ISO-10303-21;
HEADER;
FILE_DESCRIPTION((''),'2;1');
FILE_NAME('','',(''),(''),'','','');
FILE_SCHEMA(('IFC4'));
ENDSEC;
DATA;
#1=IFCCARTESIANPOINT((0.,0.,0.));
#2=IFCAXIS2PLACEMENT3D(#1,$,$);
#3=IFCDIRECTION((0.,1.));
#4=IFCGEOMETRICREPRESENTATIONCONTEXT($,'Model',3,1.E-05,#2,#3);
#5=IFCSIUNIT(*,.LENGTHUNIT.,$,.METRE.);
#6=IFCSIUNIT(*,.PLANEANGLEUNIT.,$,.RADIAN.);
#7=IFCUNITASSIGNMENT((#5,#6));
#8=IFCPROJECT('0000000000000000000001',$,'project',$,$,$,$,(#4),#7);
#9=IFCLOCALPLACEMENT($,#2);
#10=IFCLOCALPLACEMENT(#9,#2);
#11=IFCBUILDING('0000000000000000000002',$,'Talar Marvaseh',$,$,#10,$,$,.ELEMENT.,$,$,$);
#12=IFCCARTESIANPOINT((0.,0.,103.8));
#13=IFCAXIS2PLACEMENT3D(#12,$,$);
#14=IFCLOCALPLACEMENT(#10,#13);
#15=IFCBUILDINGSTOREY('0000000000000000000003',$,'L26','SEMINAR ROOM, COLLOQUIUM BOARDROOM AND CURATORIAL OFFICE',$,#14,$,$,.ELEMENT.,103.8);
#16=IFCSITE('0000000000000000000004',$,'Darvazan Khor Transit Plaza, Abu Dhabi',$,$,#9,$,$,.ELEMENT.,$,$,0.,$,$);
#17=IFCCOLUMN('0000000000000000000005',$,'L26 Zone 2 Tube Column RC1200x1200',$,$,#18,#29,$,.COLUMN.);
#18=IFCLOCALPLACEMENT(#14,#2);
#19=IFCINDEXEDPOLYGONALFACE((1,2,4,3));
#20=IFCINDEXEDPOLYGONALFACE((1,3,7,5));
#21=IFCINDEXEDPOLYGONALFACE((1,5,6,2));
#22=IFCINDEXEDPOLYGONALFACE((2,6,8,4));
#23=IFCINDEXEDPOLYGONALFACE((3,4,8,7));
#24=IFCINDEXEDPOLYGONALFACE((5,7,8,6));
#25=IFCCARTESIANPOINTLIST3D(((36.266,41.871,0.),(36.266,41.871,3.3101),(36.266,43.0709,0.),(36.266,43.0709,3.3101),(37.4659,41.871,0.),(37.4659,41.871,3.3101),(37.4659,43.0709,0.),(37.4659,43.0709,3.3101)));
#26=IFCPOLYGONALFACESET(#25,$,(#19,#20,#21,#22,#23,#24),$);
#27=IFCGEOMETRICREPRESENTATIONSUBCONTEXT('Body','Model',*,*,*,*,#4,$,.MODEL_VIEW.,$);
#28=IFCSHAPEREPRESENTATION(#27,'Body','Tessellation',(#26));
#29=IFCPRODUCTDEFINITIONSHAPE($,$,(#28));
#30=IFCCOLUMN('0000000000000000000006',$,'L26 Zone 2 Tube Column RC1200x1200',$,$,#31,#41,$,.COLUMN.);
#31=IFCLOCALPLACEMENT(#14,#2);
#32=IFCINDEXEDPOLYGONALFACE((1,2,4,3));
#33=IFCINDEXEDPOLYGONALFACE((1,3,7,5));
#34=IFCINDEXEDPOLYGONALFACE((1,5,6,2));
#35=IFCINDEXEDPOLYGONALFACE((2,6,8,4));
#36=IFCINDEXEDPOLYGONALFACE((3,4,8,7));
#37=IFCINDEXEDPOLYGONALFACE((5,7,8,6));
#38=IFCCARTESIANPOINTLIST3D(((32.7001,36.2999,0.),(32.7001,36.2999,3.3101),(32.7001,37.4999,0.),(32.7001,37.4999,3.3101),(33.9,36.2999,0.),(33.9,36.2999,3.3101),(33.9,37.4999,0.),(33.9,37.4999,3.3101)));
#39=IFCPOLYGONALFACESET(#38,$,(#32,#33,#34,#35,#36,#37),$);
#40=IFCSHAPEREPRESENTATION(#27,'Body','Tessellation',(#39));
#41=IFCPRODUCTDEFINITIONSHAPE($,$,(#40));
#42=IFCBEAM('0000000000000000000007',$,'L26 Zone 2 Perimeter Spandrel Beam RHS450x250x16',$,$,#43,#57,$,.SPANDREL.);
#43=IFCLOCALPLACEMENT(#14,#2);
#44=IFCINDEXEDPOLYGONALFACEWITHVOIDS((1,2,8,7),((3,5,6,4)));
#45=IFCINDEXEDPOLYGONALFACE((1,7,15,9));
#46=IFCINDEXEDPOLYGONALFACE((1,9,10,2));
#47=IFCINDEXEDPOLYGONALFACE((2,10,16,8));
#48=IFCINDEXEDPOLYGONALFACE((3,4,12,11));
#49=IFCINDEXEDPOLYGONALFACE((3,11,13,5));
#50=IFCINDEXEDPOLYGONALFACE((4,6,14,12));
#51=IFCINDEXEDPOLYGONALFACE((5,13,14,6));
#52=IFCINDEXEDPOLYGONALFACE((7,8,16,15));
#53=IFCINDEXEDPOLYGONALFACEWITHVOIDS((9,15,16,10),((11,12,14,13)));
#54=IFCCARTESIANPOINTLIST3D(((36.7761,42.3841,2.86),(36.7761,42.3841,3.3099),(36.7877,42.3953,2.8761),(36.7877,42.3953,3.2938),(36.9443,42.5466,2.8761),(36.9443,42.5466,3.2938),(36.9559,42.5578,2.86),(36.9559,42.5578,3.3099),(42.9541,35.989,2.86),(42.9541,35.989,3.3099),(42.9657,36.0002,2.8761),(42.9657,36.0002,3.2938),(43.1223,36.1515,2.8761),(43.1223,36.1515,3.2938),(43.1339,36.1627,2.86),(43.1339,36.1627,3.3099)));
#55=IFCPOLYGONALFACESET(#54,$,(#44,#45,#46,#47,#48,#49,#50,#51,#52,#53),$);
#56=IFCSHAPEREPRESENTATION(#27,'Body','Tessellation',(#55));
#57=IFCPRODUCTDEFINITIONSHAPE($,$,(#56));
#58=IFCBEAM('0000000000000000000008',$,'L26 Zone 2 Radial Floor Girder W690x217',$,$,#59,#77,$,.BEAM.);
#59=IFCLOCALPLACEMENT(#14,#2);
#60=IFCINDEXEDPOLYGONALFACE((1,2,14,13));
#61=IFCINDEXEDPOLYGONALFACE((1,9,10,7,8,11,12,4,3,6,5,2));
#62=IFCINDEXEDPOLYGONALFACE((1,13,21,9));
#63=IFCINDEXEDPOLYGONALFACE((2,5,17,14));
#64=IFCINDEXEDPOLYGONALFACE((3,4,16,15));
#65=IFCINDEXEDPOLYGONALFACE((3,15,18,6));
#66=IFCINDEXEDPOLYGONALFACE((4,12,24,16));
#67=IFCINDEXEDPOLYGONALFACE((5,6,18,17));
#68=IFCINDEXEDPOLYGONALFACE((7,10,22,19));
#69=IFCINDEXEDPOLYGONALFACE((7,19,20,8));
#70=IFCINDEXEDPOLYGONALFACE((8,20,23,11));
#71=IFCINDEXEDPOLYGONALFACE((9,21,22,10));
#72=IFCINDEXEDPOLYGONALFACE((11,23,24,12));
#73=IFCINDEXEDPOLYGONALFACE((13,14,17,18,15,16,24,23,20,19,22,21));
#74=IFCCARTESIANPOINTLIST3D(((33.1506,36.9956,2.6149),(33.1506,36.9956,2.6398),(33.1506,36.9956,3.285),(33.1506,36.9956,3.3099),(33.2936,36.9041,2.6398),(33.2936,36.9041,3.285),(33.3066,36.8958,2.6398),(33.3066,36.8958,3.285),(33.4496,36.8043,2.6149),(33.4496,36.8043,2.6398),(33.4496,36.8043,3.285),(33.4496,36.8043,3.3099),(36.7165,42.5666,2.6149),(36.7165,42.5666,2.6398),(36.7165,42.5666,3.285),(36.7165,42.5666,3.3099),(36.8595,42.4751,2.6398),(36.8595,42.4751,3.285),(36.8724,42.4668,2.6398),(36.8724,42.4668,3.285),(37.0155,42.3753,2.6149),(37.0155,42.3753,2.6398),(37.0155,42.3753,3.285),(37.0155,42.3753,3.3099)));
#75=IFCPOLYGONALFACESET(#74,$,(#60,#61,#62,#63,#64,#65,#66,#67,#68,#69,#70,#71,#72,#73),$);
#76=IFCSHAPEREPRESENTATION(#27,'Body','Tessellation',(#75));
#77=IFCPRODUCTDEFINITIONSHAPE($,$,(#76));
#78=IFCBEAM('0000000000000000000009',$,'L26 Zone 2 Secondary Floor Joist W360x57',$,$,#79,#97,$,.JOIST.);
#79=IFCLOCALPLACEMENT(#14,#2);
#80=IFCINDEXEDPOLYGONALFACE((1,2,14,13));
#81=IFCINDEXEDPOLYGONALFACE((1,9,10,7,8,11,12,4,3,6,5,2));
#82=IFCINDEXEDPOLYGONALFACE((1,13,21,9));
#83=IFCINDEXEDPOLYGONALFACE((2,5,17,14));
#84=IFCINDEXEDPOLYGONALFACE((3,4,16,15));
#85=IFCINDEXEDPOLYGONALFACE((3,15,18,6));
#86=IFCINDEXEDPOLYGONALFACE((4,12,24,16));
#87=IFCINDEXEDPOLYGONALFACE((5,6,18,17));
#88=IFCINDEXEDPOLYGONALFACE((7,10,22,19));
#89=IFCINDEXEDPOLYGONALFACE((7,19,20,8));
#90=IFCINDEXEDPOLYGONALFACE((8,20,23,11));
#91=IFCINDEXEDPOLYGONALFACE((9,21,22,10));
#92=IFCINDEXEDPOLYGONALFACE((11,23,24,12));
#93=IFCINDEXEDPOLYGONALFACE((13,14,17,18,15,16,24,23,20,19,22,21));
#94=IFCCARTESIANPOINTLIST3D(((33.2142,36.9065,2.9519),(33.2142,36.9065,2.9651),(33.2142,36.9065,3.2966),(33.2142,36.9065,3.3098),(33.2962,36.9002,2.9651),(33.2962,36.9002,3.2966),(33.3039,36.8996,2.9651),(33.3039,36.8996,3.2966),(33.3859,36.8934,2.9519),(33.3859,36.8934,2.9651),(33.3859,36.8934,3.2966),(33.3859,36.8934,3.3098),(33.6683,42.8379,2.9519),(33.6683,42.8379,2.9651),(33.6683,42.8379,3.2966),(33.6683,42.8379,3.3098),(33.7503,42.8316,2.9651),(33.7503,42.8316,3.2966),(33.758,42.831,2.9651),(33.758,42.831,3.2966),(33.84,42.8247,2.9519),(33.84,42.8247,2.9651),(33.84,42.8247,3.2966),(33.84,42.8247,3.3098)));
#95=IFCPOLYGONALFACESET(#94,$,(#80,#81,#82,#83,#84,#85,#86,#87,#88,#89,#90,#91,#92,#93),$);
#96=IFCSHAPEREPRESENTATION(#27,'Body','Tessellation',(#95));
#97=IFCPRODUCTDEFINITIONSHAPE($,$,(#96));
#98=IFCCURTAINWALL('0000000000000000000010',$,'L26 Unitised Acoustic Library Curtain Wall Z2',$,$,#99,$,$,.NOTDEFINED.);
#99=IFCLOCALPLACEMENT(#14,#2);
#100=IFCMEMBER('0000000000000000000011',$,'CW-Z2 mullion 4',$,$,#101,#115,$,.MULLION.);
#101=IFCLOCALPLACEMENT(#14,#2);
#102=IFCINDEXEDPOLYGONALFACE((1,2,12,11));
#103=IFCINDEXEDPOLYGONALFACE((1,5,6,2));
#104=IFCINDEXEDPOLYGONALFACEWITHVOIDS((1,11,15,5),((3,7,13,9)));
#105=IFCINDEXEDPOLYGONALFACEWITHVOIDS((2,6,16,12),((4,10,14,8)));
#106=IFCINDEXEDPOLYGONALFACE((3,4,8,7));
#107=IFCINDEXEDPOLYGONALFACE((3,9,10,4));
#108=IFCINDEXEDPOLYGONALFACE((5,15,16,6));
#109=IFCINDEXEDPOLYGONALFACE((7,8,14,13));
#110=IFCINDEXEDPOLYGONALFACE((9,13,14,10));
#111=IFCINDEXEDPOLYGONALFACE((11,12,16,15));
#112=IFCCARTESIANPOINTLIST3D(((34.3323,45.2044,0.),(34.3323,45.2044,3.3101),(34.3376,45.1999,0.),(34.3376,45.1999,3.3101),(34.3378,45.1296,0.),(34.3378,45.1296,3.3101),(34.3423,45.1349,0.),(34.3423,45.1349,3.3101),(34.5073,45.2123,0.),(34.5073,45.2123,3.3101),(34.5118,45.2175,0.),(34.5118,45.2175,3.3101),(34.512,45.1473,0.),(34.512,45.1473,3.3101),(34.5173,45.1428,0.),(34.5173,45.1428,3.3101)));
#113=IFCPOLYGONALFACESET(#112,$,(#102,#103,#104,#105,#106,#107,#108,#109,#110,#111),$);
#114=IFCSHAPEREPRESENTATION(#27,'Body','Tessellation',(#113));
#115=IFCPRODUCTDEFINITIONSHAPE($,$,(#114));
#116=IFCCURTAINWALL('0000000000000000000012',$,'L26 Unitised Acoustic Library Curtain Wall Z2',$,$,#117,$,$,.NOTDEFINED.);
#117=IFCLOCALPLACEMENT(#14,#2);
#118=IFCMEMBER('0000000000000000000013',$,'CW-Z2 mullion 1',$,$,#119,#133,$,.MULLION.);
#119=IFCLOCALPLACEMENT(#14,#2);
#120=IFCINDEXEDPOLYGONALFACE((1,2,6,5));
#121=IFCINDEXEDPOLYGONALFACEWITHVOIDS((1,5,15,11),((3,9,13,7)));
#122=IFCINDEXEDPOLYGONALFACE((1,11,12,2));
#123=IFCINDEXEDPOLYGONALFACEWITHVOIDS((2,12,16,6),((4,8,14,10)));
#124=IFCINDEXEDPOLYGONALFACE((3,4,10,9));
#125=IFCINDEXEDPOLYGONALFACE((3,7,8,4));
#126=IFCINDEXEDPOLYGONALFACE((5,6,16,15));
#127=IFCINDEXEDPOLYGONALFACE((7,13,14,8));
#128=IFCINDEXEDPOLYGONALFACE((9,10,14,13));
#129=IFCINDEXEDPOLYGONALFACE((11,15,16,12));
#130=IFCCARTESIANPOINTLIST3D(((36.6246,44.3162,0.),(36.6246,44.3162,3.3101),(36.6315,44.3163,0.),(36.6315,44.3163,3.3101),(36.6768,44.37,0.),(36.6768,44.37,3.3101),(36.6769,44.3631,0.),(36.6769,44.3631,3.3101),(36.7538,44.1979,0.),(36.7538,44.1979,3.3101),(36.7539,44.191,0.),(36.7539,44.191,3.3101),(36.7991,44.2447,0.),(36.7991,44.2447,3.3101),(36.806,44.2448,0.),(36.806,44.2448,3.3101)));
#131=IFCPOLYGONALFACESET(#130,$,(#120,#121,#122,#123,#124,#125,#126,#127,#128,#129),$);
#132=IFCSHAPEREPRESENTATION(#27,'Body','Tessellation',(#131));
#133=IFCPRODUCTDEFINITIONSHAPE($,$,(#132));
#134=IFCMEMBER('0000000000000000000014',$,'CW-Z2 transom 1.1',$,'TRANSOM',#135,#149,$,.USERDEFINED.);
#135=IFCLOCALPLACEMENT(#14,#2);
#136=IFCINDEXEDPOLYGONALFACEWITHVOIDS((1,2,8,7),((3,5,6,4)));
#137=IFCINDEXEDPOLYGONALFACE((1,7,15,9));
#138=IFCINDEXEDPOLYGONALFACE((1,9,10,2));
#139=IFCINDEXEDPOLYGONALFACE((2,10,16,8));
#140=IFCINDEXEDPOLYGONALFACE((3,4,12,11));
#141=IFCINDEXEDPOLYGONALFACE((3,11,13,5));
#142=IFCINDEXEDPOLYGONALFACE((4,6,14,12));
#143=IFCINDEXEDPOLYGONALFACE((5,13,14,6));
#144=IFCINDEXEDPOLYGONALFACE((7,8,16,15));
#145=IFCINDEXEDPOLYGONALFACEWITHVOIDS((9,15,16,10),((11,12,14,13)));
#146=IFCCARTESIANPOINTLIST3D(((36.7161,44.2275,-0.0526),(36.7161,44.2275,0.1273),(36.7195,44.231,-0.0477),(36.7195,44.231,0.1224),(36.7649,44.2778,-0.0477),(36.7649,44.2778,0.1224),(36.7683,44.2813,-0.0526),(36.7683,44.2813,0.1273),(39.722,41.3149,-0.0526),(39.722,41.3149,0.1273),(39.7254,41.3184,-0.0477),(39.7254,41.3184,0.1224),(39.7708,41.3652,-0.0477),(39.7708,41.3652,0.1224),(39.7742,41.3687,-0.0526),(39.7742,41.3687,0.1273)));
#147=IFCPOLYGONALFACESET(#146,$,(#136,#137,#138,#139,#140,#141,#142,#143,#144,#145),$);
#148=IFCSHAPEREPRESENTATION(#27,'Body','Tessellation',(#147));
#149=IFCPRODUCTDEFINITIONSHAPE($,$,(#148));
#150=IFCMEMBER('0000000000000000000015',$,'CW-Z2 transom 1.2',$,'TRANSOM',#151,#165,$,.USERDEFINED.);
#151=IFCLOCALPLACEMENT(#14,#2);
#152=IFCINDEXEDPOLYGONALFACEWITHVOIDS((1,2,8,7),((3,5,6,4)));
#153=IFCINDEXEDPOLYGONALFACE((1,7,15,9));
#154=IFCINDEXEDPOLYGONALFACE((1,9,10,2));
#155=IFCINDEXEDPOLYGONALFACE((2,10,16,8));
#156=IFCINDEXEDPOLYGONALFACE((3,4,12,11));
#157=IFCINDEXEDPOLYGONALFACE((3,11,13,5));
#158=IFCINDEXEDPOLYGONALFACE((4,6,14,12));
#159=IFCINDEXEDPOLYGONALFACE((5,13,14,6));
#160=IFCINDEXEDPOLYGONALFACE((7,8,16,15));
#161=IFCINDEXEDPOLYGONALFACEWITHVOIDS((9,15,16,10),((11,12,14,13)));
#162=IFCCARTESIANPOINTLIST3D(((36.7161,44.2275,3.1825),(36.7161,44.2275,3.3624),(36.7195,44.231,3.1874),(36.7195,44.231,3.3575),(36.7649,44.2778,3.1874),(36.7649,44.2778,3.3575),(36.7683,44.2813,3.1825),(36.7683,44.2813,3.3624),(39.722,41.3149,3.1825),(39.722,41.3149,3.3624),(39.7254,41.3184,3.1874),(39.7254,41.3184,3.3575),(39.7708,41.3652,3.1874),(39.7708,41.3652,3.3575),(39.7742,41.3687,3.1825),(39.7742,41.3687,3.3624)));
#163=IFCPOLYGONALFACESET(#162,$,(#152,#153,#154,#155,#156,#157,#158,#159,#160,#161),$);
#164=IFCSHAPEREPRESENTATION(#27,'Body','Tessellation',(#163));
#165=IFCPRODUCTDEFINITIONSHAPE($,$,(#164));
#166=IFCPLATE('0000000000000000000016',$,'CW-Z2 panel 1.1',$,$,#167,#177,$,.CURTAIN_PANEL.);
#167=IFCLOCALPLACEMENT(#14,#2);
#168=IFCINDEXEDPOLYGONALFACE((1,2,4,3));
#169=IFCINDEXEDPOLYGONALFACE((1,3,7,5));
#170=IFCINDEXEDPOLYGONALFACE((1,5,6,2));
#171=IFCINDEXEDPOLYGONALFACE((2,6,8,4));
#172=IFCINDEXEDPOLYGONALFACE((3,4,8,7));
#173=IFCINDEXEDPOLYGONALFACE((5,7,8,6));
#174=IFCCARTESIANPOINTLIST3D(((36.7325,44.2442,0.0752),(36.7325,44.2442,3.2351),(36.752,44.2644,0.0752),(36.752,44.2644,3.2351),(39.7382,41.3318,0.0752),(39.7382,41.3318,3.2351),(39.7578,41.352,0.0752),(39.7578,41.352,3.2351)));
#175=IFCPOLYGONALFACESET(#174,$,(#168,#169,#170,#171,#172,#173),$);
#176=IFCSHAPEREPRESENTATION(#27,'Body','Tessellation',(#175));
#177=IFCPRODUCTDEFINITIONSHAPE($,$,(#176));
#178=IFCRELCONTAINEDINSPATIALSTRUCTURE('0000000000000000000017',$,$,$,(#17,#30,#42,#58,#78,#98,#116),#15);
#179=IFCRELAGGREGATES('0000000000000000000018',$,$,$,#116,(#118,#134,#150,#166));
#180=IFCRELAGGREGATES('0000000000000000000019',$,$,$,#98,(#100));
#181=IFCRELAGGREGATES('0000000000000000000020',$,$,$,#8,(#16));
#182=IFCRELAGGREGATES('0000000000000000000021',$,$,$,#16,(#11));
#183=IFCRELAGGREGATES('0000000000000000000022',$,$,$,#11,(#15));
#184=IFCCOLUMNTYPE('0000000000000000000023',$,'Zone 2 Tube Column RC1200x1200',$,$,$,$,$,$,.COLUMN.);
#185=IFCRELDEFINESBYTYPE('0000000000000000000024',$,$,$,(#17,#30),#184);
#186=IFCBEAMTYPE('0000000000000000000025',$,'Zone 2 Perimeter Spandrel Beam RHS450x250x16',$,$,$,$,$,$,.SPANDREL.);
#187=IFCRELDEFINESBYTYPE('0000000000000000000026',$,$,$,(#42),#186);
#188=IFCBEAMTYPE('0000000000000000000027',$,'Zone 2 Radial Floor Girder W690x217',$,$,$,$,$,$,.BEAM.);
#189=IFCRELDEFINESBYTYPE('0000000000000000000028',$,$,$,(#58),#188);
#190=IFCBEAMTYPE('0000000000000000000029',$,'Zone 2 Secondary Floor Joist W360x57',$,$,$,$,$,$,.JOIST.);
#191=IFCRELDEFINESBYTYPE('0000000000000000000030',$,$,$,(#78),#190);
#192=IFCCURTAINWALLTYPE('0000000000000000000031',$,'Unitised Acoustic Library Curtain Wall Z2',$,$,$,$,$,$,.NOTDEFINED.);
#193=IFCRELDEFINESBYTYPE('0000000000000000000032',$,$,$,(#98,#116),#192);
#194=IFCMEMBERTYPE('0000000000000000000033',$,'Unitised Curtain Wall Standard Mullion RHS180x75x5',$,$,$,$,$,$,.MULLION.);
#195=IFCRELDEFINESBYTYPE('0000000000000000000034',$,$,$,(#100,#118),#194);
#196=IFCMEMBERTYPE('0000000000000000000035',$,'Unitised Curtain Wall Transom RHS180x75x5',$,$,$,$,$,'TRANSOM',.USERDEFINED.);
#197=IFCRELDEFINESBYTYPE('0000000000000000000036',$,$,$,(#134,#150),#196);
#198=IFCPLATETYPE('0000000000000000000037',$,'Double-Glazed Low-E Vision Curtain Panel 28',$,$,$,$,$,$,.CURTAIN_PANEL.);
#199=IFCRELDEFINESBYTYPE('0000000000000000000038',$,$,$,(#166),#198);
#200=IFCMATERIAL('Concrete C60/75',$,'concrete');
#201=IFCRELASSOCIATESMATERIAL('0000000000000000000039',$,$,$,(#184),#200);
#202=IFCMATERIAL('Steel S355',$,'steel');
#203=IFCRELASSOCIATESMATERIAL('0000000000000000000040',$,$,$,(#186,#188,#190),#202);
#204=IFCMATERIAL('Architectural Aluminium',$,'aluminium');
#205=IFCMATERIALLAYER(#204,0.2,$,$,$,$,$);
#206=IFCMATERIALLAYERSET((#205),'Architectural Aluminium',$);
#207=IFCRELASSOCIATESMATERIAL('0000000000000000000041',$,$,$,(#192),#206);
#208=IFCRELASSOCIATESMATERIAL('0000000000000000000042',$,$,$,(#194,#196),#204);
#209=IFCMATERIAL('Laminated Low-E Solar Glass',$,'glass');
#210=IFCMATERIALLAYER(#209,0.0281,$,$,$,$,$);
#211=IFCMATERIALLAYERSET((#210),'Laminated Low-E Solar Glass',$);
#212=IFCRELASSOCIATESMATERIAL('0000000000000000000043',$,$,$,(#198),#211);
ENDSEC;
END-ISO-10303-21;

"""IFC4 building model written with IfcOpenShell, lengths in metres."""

from ifc_helpers import new_model, si_unit, direction, frame, origin, origin_2d, place, context, subcontext, project, spatial, rectangle, hollow_rectangle, i_section, extrude, source, transform, mapped, material, layer, layer_set, material_profile, profile_set, type_object, type_shapes, element, aggregate, save


model = new_model("IFC4")

# Units and contexts
model_context = context("Model", 3, precision=1e-05, world=origin(), true_north=direction((0.0, 1.0)))
body_context = subcontext(model_context, "Body", "Model", "MODEL_VIEW")
ifc_project = project(units=[si_unit("LENGTHUNIT", "METRE"), si_unit("PLANEANGLEUNIT", "RADIAN")], contexts=[model_context])

# Site, building, storey
site_placement = place(None, origin())
site = spatial("IfcSite", under=ifc_project, at=site_placement, Name="Darvazan Khor Transit Plaza, Abu Dhabi", CompositionType="ELEMENT", RefElevation=0.0)
building_placement = place(site_placement, origin())
building = spatial("IfcBuilding", under=site, at=building_placement, Name="Talar Marvaseh", CompositionType="ELEMENT")
storey_placement = place(building_placement, frame((0.0, 0.0, 103.8)))
storey = spatial("IfcBuildingStorey", under=building, at=storey_placement, Name="L26", Description="SEMINAR ROOM, COLLOQUIUM BOARDROOM AND CURATORIAL OFFICE", CompositionType="ELEMENT", Elevation=103.8)

# Columns
ifc_material_1 = material(Name="Concrete C60/75", Category="concrete")
ifc_material_profile_1 = material_profile(ifc_material_1, rectangle(XDim=1.2, YDim=1.2, at=origin_2d()), Name="RC1200x1200")
ifc_profile_set_1 = profile_set([ifc_material_profile_1], Name="Concrete C60/75")
column_type = type_object("IfcColumnType", Name="Zone 2 Tube Column RC1200x1200", PredefinedType="COLUMN", material=ifc_profile_set_1)
for number, where, z_axis, x_axis, name in (
    (1, (36.866, 42.4709, 0.0), (0.0, 0.0, 1.0), (1.0, 0.0, 0.0), "L26 Zone 2 Tube Column RC1200x1200"),
    (2, (33.3, 36.8999, 0.0), (0.0, 0.0, 1.0), (1.0, 0.0, 0.0), "L26 Zone 2 Tube Column RC1200x1200"),
):
    element("IfcColumn", number, at=place(storey_placement, frame(where, z_axis=z_axis, x_axis=x_axis)), inside=storey, type_object=column_type, Name=name, PredefinedType="COLUMN", context=body_context, shape_type="SweptSolid", body=[
        extrude(rectangle(XDim=1.2, YDim=1.2, at=origin_2d()), origin(), (0.0, 0.0, 1.0), 3.3101),
    ])

# Beams
ifc_material_2 = material(Name="Steel S355", Category="steel")
ifc_material_profile_2 = material_profile(ifc_material_2, hollow_rectangle(XDim=0.25, YDim=0.45, WallThickness=0.0161, at=origin_2d()), Name="RHS450x250x16")
ifc_profile_set_2 = profile_set([ifc_material_profile_2], Name="Steel S355")
beam_type_1 = type_object("IfcBeamType", Name="Zone 2 Perimeter Spandrel Beam RHS450x250x16", PredefinedType="SPANDREL", material=ifc_profile_set_2)
beam_1_placement = place(storey_placement, frame((36.866, 42.4709, 3.085), z_axis=(0.694797, -0.719206, 0.0), x_axis=(0.719206, 0.694797, 0.0)))
element("IfcBeam", 3, at=beam_1_placement, inside=storey, type_object=beam_type_1, Name="L26 Zone 2 Perimeter Spandrel Beam RHS450x250x16", PredefinedType="SPANDREL", context=body_context, shape_type="SweptSolid", body=[
    extrude(hollow_rectangle(XDim=0.25, YDim=0.45, WallThickness=0.0161, at=origin_2d()), origin(), (0.0, 0.0, 1.0), 8.8918),
])
ifc_material_profile_3 = material_profile(ifc_material_2, i_section(OverallWidth=0.355, OverallDepth=0.6951, WebThickness=0.0154, FlangeThickness=0.0249, at=origin_2d()), Name="W690x217")
ifc_profile_set_3 = profile_set([ifc_material_profile_3], Name="Steel S355")
beam_type_2 = type_object("IfcBeamType", Name="Zone 2 Radial Floor Girder W690x217", PredefinedType="BEAM", material=ifc_profile_set_3)
beam_2_placement = place(storey_placement, frame((36.866, 42.4709, 2.9624), z_axis=(-0.539102, -0.842241, 0.0), x_axis=(0.842241, -0.539102, 0.0)))
element("IfcBeam", 4, at=beam_2_placement, inside=storey, type_object=beam_type_2, Name="L26 Zone 2 Radial Floor Girder W690x217", PredefinedType="BEAM", context=body_context, shape_type="SweptSolid", body=[
    extrude(i_section(OverallWidth=0.355, OverallDepth=0.6951, WebThickness=0.0154, FlangeThickness=0.0249, at=origin_2d()), origin(), (0.0, 0.0, 1.0), 6.6145),
])
ifc_material_profile_4 = material_profile(ifc_material_2, i_section(OverallWidth=0.1721, OverallDepth=0.3579, WebThickness=0.0078, FlangeThickness=0.0132, at=origin_2d()), Name="W360x57")
ifc_profile_set_4 = profile_set([ifc_material_profile_4], Name="Steel S355")
beam_type_3 = type_object("IfcBeamType", Name="Zone 2 Secondary Floor Joist W360x57", PredefinedType="JOIST", material=ifc_profile_set_4)
beam_3_placement = place(storey_placement, frame((33.7542, 42.8313, 3.1309), z_axis=(-0.076336, -0.997082, 0.0), x_axis=(0.997082, -0.076336, 0.0)))
element("IfcBeam", 5, at=beam_3_placement, inside=storey, type_object=beam_type_3, Name="L26 Zone 2 Secondary Floor Joist W360x57", PredefinedType="JOIST", context=body_context, shape_type="SweptSolid", body=[
    extrude(i_section(OverallWidth=0.1721, OverallDepth=0.3579, WebThickness=0.0078, FlangeThickness=0.0132, at=origin_2d()), origin(), (0.0, 0.0, 1.0), 5.9487),
])

# Curtain wall, member
ifc_material_3 = material(Name="Architectural Aluminium", Category="aluminium")
ifc_layer_1 = layer(ifc_material_3, 0.2)
ifc_layer_set_1 = layer_set([ifc_layer_1], Name="Architectural Aluminium")
curtain_wall_type = type_object("IfcCurtainWallType", Name="Unitised Acoustic Library Curtain Wall Z2", PredefinedType="NOTDEFINED", material=ifc_layer_set_1)
curtain_wall_1_placement = place(storey_placement, origin())
curtain_wall_1 = element("IfcCurtainWall", 6, at=curtain_wall_1_placement, inside=storey, type_object=curtain_wall_type, Name="L26 Unitised Acoustic Library Curtain Wall Z2", PredefinedType="NOTDEFINED")
ifc_material_profile_5 = material_profile(ifc_material_3, hollow_rectangle(XDim=0.075, YDim=0.1799, WallThickness=0.0049, at=origin_2d()), Name="RHS180x75x5")
ifc_profile_set_5 = profile_set([ifc_material_profile_5], Name="Architectural Aluminium")
member_type_1 = type_object("IfcMemberType", Name="Unitised Curtain Wall Standard Mullion RHS180x75x5", PredefinedType="MULLION", material=ifc_profile_set_5)
shared_shape_1 = source(origin(), body_context, "Body", "SweptSolid", [
    extrude(hollow_rectangle(XDim=0.075, YDim=0.1799, WallThickness=0.0049, at=origin_2d()), origin(), (0.0, 0.0, 1.0), 3.3101),
])
type_shapes(member_type_1, [shared_shape_1])
member_1_placement = place(storey_placement, frame((34.4248, 45.1736, 0.0), z_axis=(0.0, 0.0, 1.0), x_axis=(-0.07293, 0.997337, 0.0)))
member_1 = element("IfcMember", 7, at=member_1_placement, type_object=member_type_1, Name="CW-Z2 mullion 4", PredefinedType="MULLION", context=body_context, shape_type="MappedRepresentation", body=[
    mapped(shared_shape_1, transform((0.0, 0.0, 0.0), x_axis=(1.0, 0.0, 0.0), y_axis=(0.0, 1.0, 0.0), z_axis=(0.0, 0.0, 1.0), scale=1.0)),
])

# Curtain wall, members, plate
curtain_wall_2_placement = place(storey_placement, origin())
curtain_wall_2 = element("IfcCurtainWall", 8, at=curtain_wall_2_placement, inside=storey, type_object=curtain_wall_type, Name="L26 Unitised Acoustic Library Curtain Wall Z2", PredefinedType="NOTDEFINED")
member_2_placement = place(storey_placement, frame((36.7153, 44.2805, 0.0), z_axis=(0.0, 0.0, 1.0), x_axis=(0.695868, 0.71817, 0.0)))
member_2 = element("IfcMember", 9, at=member_2_placement, type_object=member_type_1, Name="CW-Z2 mullion 1", PredefinedType="MULLION", context=body_context, shape_type="MappedRepresentation", body=[
    mapped(shared_shape_1, transform((0.0, 0.0, 0.0), x_axis=(1.0, 0.0, 0.0), y_axis=(0.0, 1.0, 0.0), z_axis=(0.0, 0.0, 1.0), scale=1.0)),
])
ifc_material_profile_6 = material_profile(ifc_material_3, hollow_rectangle(XDim=0.075, YDim=0.1799, WallThickness=0.0049, at=origin_2d()), Name="RHS180x75x5")
ifc_profile_set_6 = profile_set([ifc_material_profile_6], Name="Architectural Aluminium")
member_type_2 = type_object("IfcMemberType", Name="Unitised Curtain Wall Transom RHS180x75x5", ElementType="TRANSOM", PredefinedType="USERDEFINED", material=ifc_profile_set_6)
shared_shape_2 = source(origin(), body_context, "Body", "SweptSolid", [
    extrude(hollow_rectangle(XDim=0.075, YDim=0.1799, WallThickness=0.0049, at=origin_2d()), origin(), (0.0, 0.0, 1.0), 4.1855),
])
type_shapes(member_type_2, [shared_shape_2])
member_3_placement = place(storey_placement, frame((36.7422, 44.2544, 0.0374), z_axis=(0.71816, -0.695878, 0.0), x_axis=(0.695878, 0.71816, 0.0)))
member_3 = element("IfcMember", 10, at=member_3_placement, type_object=member_type_2, Name="CW-Z2 transom 1.1", ObjectType="TRANSOM", PredefinedType="USERDEFINED", context=body_context, shape_type="MappedRepresentation", body=[
    mapped(shared_shape_2, transform((0.0, 0.0, 0.0), x_axis=(1.0, 0.0, 0.0), y_axis=(0.0, 1.0, 0.0), z_axis=(0.0, 0.0, 1.0), scale=1.0)),
])
member_4_placement = place(storey_placement, frame((36.7422, 44.2544, 3.2725), z_axis=(0.71816, -0.695878, 0.0), x_axis=(0.695878, 0.71816, 0.0)))
member_4 = element("IfcMember", 11, at=member_4_placement, type_object=member_type_2, Name="CW-Z2 transom 1.2", ObjectType="TRANSOM", PredefinedType="USERDEFINED", context=body_context, shape_type="MappedRepresentation", body=[
    mapped(shared_shape_2, transform((0.0, 0.0, 0.0), x_axis=(1.0, 0.0, 0.0), y_axis=(0.0, 1.0, 0.0), z_axis=(0.0, 0.0, 1.0), scale=1.0)),
])
ifc_material_4 = material(Name="Laminated Low-E Solar Glass", Category="glass")
ifc_layer_2 = layer(ifc_material_4, 0.0281)
ifc_layer_set_2 = layer_set([ifc_layer_2], Name="Laminated Low-E Solar Glass")
plate_type = type_object("IfcPlateType", Name="Double-Glazed Low-E Vision Curtain Panel 28", PredefinedType="CURTAIN_PANEL", material=ifc_layer_set_2)
shared_shape_3 = source(origin(), body_context, "Body", "SweptSolid", [
    extrude(rectangle(XDim=4.1853, YDim=0.0281, at=origin_2d()), origin(), (0.0, 0.0, 1.0), 3.1599),
])
plate_1_placement = place(storey_placement, frame((38.2451, 42.7981, 0.0752), z_axis=(0.0, 0.0, 1.0), x_axis=(0.71817, -0.695868, 0.0)))
plate_1 = element("IfcPlate", 12, at=plate_1_placement, type_object=plate_type, Name="CW-Z2 panel 1.1", PredefinedType="CURTAIN_PANEL", context=body_context, shape_type="MappedRepresentation", body=[
    mapped(shared_shape_3, transform((0.0, 0.0, 0.0), x_axis=(1.0, 0.0, 0.0), y_axis=(0.0, 1.0, 0.0), z_axis=(0.0, 0.0, 1.0), scale=1.0)),
])
aggregate(curtain_wall_2, [member_2, member_3, member_4, plate_1])

aggregate(curtain_wall_1, [member_1])

save(model, "model.ifc")
